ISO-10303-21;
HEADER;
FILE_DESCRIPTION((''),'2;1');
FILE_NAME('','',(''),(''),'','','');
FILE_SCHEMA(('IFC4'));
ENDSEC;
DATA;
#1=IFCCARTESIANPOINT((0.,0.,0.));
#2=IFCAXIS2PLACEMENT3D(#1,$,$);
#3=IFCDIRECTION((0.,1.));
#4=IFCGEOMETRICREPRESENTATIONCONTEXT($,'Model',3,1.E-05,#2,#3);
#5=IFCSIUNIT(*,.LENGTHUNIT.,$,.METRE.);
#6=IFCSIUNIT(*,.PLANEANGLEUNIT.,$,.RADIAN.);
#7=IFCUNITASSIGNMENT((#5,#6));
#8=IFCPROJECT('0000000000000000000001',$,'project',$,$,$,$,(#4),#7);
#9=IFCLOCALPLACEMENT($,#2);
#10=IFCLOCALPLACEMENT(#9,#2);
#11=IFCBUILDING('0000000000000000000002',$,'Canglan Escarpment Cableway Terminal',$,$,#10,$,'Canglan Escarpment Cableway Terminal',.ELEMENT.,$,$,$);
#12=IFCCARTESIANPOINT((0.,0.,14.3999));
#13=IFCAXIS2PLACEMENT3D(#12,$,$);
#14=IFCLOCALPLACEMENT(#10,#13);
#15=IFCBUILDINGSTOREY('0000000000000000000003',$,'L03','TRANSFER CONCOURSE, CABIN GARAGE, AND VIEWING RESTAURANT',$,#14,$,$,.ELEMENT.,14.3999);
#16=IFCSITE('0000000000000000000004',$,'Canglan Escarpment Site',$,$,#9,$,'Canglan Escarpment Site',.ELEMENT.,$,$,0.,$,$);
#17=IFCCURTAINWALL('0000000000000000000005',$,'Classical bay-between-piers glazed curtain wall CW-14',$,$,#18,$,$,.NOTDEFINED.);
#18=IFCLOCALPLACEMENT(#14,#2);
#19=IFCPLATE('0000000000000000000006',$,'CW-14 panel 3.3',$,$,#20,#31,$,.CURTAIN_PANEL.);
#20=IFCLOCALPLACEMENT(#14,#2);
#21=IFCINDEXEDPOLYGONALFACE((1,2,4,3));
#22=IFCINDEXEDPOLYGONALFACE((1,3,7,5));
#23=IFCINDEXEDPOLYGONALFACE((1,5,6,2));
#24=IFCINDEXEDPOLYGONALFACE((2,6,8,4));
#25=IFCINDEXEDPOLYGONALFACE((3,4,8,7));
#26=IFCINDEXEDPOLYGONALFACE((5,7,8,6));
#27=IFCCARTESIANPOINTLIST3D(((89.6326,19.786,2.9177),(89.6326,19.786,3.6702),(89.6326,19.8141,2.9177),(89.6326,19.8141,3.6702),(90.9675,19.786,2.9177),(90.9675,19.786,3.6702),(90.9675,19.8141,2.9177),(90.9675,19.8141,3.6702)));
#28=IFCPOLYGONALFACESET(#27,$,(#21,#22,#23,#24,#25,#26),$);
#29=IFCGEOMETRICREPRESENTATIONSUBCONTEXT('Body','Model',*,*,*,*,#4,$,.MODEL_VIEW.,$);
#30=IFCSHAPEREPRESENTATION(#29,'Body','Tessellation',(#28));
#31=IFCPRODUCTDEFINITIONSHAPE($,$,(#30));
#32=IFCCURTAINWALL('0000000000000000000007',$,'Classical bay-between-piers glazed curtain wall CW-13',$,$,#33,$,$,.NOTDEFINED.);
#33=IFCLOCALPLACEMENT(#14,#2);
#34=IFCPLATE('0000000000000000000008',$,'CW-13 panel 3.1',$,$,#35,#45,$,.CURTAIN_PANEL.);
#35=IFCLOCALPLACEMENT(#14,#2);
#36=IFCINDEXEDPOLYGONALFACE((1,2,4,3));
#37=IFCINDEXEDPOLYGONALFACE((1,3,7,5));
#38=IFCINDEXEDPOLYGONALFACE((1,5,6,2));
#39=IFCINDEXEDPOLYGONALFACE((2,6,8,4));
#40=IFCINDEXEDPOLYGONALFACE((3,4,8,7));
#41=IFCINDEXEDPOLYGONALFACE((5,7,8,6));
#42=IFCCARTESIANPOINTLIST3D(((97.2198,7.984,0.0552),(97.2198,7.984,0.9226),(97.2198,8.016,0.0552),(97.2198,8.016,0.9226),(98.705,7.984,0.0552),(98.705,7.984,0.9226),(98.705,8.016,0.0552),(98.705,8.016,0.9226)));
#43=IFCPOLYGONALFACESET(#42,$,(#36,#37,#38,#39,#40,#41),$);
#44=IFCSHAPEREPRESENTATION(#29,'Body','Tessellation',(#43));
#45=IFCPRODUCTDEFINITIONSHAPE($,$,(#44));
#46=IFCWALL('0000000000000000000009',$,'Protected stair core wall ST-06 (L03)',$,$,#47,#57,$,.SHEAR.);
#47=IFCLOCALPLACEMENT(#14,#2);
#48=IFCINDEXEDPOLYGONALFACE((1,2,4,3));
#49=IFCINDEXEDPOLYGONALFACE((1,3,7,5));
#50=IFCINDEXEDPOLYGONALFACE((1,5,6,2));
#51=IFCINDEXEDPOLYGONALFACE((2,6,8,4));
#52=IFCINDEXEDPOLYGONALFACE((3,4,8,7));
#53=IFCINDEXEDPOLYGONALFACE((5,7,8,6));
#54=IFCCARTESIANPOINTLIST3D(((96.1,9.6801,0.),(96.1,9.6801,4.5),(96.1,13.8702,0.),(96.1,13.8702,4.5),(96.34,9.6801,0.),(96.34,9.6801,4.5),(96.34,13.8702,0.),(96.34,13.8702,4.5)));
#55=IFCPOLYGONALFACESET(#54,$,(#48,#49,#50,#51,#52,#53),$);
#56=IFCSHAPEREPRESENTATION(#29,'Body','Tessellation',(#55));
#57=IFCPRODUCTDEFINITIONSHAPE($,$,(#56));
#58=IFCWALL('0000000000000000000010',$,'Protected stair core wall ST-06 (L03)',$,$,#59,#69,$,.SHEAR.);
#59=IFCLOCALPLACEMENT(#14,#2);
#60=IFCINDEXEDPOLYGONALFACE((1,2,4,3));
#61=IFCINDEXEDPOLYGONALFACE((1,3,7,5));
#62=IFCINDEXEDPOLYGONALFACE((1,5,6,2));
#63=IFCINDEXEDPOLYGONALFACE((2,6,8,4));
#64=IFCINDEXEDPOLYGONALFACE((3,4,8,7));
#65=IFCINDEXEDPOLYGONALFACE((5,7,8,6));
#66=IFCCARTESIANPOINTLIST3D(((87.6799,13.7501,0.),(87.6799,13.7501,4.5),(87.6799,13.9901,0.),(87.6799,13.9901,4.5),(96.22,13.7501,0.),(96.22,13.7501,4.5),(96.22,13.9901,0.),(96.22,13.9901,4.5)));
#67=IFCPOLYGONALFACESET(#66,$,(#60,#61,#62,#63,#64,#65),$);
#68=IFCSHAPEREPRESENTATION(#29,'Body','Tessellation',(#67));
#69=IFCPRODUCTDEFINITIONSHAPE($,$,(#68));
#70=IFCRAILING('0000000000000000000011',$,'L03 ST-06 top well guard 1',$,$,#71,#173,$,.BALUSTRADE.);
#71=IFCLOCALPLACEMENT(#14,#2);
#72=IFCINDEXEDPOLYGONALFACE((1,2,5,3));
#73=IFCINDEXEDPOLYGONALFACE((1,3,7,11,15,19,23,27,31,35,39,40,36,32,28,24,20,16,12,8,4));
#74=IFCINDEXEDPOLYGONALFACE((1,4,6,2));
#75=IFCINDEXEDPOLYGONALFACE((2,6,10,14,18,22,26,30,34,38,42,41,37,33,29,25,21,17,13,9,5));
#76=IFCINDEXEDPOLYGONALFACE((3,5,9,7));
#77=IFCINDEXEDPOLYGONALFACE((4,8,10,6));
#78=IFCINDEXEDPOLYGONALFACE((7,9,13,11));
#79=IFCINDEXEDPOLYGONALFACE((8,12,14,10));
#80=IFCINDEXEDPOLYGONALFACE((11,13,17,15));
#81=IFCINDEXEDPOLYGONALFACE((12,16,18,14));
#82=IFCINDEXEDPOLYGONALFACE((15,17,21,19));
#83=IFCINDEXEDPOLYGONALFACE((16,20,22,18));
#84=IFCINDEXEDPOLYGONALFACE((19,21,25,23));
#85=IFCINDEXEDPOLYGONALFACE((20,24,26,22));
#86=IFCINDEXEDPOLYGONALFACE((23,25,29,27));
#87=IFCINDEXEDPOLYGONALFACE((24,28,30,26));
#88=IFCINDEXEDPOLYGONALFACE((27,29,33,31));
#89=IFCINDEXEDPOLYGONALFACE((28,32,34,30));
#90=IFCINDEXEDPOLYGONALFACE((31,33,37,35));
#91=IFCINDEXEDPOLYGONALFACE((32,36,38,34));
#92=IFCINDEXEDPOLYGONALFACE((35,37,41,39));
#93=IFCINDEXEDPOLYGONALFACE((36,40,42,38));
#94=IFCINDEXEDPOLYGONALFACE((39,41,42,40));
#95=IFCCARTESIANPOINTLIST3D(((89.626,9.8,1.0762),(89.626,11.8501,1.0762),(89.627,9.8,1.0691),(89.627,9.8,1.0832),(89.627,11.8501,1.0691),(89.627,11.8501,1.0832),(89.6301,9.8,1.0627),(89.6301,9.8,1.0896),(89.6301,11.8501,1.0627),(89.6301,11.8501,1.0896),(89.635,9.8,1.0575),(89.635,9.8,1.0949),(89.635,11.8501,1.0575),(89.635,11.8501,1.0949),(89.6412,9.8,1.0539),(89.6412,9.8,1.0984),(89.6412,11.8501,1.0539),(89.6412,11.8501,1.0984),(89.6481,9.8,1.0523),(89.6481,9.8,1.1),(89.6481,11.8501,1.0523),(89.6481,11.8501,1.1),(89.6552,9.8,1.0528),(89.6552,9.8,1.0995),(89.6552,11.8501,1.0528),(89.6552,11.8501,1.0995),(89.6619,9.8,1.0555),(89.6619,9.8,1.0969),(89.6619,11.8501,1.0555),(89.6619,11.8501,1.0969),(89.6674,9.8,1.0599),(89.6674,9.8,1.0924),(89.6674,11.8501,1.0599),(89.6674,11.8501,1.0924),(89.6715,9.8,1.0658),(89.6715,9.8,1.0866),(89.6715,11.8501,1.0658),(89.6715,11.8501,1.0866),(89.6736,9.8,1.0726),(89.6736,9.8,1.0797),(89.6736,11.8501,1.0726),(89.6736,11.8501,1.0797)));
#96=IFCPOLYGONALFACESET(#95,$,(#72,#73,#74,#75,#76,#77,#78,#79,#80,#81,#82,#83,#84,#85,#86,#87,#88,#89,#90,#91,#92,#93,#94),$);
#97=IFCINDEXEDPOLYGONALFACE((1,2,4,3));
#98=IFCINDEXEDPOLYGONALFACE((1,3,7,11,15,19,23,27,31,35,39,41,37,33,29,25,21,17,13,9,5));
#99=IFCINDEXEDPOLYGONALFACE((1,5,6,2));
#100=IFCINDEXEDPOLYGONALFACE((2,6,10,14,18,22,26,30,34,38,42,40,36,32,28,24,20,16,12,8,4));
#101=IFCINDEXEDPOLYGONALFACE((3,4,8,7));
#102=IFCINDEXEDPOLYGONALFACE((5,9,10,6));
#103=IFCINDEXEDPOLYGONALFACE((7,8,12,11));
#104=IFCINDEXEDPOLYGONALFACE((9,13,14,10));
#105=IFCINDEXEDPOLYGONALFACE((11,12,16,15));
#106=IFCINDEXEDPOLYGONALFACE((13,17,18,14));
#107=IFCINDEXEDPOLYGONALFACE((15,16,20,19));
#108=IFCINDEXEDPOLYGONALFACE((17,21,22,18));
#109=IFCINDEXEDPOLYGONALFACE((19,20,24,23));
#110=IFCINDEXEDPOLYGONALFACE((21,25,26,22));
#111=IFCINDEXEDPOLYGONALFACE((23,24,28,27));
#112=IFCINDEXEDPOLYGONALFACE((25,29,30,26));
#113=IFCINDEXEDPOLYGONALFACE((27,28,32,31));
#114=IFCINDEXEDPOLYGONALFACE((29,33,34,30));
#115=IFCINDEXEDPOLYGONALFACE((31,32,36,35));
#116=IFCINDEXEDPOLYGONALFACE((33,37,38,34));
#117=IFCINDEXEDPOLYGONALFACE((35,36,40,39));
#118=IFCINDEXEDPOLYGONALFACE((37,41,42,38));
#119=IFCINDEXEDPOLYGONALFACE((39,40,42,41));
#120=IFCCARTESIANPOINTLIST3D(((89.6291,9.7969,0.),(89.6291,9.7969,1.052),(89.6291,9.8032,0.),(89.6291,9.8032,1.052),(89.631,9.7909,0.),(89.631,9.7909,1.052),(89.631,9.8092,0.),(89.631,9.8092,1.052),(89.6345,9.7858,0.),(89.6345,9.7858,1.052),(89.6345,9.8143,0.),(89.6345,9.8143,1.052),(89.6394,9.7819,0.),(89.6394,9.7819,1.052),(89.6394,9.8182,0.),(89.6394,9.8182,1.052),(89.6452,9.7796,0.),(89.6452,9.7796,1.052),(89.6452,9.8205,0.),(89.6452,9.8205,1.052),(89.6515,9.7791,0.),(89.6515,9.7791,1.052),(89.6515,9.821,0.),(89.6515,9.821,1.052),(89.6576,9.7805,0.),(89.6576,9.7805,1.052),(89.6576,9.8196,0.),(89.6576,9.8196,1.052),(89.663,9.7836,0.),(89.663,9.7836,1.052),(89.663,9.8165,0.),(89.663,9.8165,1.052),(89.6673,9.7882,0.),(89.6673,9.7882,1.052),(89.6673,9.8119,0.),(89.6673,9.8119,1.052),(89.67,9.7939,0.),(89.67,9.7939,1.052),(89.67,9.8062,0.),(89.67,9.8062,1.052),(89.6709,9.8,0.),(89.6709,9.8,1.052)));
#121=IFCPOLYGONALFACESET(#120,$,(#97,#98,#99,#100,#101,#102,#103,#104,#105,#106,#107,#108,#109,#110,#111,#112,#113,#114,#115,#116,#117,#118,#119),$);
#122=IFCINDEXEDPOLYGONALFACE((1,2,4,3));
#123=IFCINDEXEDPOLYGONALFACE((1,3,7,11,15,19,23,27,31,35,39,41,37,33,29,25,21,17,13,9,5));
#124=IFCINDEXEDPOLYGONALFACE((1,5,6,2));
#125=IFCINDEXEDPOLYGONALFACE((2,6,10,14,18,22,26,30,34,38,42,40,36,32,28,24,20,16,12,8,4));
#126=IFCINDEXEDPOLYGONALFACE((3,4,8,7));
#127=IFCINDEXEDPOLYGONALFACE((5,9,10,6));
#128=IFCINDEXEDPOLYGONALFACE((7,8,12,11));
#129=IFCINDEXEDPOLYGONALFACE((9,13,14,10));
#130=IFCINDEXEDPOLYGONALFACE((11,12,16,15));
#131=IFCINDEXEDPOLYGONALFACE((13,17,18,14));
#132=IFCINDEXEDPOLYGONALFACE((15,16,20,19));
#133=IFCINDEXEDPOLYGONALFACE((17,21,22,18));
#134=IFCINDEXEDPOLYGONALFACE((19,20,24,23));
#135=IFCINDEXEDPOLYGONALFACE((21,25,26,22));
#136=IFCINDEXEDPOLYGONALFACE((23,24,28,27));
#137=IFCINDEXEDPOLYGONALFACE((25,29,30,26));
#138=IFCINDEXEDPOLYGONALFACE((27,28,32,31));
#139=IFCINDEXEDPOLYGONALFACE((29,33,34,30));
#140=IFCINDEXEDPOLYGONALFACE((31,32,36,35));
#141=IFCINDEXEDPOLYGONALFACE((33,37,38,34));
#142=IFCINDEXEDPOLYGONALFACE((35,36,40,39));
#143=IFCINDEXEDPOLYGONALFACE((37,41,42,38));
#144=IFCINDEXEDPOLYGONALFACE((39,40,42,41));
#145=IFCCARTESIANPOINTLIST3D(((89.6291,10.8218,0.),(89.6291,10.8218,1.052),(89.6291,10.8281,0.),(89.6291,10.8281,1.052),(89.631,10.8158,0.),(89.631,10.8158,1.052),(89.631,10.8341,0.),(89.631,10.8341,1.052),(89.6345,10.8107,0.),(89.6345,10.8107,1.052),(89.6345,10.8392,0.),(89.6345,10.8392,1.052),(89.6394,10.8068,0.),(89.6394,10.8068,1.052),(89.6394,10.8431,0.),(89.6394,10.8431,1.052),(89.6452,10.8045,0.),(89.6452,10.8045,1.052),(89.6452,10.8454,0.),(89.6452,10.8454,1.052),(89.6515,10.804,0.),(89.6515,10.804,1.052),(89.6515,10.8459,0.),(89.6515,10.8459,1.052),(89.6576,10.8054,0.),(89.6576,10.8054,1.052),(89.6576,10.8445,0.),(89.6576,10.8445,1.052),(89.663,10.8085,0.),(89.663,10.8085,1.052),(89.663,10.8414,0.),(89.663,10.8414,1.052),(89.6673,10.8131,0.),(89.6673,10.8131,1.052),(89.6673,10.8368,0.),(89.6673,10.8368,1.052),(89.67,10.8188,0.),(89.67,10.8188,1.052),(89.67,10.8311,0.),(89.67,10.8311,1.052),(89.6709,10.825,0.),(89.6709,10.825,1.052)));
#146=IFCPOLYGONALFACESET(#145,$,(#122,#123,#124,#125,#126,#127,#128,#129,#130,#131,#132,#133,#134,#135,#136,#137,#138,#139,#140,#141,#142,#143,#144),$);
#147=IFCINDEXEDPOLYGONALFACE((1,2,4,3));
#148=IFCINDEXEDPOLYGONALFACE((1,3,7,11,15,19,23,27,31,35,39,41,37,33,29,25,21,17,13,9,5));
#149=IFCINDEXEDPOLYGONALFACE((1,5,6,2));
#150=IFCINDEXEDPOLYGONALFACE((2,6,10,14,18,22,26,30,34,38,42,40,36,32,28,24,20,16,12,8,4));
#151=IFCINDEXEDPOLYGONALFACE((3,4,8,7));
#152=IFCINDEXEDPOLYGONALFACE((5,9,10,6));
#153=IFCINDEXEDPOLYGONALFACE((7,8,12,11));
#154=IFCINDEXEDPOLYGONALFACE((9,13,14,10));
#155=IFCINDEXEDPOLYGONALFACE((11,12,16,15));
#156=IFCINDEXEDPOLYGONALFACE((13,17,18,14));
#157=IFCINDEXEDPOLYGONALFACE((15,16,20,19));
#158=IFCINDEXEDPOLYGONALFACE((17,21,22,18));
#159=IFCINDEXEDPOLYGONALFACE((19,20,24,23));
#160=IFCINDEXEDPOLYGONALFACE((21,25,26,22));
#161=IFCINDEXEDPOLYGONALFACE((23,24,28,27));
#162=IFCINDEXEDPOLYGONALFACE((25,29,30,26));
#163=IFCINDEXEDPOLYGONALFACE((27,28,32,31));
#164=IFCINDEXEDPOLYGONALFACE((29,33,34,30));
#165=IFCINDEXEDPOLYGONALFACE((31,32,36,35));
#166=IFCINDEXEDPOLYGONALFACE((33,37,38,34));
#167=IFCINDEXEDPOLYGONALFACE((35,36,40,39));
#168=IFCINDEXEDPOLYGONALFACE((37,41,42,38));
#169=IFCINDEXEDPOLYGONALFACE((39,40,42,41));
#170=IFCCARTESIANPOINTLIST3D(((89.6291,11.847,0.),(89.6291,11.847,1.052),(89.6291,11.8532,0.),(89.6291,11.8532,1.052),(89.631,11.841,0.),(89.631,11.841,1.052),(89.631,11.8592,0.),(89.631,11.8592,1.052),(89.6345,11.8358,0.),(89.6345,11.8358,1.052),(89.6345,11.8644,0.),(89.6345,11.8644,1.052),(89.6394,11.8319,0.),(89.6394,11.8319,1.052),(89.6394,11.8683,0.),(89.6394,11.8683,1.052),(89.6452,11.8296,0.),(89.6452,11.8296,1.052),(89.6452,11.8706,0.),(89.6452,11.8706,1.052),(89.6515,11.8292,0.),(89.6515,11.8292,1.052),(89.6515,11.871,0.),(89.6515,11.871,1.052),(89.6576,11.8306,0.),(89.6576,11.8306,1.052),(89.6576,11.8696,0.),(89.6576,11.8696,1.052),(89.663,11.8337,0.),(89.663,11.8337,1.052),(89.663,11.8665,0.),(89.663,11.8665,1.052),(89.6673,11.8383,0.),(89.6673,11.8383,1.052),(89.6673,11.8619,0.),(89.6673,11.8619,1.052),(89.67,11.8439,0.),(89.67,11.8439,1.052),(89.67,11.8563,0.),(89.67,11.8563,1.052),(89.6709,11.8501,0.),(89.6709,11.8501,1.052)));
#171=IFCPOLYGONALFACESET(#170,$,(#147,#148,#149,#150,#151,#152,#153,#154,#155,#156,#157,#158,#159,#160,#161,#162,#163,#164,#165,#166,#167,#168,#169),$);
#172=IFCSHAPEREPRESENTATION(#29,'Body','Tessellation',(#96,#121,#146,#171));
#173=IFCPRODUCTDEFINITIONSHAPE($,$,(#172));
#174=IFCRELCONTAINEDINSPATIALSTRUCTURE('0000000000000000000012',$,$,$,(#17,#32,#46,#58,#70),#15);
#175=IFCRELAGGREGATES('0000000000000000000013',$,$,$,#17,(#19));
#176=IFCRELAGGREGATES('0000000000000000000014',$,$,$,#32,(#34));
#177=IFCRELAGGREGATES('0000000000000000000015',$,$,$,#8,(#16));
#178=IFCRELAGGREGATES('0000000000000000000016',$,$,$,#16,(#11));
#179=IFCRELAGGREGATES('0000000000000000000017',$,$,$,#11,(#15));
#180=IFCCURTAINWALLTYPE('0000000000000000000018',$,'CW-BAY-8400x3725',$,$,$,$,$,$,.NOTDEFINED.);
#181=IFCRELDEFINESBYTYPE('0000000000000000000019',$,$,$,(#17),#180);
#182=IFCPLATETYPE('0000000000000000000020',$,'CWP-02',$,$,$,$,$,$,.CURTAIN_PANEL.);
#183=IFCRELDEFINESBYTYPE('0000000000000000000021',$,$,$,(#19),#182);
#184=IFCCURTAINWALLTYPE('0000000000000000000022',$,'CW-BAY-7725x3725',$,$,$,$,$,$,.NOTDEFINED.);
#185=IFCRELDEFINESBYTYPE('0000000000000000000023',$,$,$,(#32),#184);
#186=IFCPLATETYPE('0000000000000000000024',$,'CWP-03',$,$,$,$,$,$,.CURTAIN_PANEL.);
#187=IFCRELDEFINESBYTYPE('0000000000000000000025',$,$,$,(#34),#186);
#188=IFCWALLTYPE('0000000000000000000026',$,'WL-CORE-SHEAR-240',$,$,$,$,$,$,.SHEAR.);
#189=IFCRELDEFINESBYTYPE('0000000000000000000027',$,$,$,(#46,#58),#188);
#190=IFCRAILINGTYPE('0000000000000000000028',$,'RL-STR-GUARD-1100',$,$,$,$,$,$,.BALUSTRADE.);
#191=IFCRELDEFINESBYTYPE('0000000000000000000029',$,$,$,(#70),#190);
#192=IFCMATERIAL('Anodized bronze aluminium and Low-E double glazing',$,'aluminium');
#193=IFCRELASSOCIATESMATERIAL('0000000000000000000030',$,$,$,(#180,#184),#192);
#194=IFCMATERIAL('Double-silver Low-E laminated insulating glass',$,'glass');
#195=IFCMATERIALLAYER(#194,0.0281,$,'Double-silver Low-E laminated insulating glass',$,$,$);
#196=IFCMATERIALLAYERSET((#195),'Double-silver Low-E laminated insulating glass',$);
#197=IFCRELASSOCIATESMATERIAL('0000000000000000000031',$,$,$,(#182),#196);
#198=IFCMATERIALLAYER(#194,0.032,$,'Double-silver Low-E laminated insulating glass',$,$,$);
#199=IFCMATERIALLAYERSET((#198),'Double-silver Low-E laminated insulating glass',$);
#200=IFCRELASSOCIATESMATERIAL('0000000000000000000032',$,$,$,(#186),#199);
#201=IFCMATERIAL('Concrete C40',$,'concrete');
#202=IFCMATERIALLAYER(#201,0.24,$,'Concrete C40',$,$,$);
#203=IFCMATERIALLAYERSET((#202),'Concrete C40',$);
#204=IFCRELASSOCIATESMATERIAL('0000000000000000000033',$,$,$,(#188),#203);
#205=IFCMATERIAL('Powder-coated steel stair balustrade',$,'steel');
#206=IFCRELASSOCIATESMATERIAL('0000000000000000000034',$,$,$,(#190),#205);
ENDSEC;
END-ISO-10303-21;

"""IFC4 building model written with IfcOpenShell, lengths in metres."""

from ifc_helpers import new_model, si_unit, direction, frame, frame_2d, origin, origin_2d, place, context, subcontext, project, spatial, rectangle, circle, extrude, material, layer, layer_set, type_object, element, aggregate, save


model = new_model("IFC4")

# Units and contexts
model_context = context("Model", 3, precision=1e-05, world=origin(), true_north=direction((0.0, 1.0)))
body_context = subcontext(model_context, "Body", "Model", "MODEL_VIEW")
ifc_project = project(units=[si_unit("LENGTHUNIT", "METRE"), si_unit("PLANEANGLEUNIT", "RADIAN")], contexts=[model_context])

# Site, building, storey
site_placement = place(None, origin())
site = spatial("IfcSite", under=ifc_project, at=site_placement, Name="Canglan Escarpment Site", LongName="Canglan Escarpment Site", CompositionType="ELEMENT", RefElevation=0.0)
building_placement = place(site_placement, origin())
building = spatial("IfcBuilding", under=site, at=building_placement, Name="Canglan Escarpment Cableway Terminal", LongName="Canglan Escarpment Cableway Terminal", CompositionType="ELEMENT")
storey_placement = place(building_placement, frame((0.0, 0.0, 14.3999)))
storey = spatial("IfcBuildingStorey", under=building, at=storey_placement, Name="L03", Description="TRANSFER CONCOURSE, CABIN GARAGE, AND VIEWING RESTAURANT", CompositionType="ELEMENT", Elevation=14.3999)

# Shared definitions
ifc_material_1 = material(Name="Concrete C40", Category="concrete")

# Curtain wall
ifc_material_2 = material(Name="Anodized bronze aluminium and Low-E double glazing", Category="aluminium")
curtain_wall_type_1 = type_object("IfcCurtainWallType", Name="CW-BAY-8400x3725", PredefinedType="NOTDEFINED", material=ifc_material_2)
curtain_wall_1_placement = place(storey_placement, origin())
curtain_wall_1 = element("IfcCurtainWall", 1, at=curtain_wall_1_placement, inside=storey, type_object=curtain_wall_type_1, Name="Classical bay-between-piers glazed curtain wall CW-14", PredefinedType="NOTDEFINED")

# Plate
ifc_material_3 = material(Name="Double-silver Low-E laminated insulating glass", Category="glass")
ifc_layer_1 = layer(ifc_material_3, 0.0281, Name="Double-silver Low-E laminated insulating glass")
ifc_layer_set_1 = layer_set([ifc_layer_1], Name="Double-silver Low-E laminated insulating glass")
plate_type_1 = type_object("IfcPlateType", Name="CWP-02", PredefinedType="CURTAIN_PANEL", material=ifc_layer_set_1)
plate_1_placement = place(storey_placement, frame((90.3, 19.8, 2.9177), z_axis=(0.0, 0.0, 1.0), x_axis=(-1.0, 0.0, 0.0)))
plate_1 = element("IfcPlate", 2, at=plate_1_placement, type_object=plate_type_1, Name="CW-14 panel 3.3", PredefinedType="CURTAIN_PANEL", context=body_context, shape_type="SweptSolid", body=[
    extrude(rectangle(XDim=1.335, YDim=0.0281, at=origin_2d()), origin(), (0.0, 0.0, 1.0), 0.7524),
])
aggregate(curtain_wall_1, [plate_1])

# Curtain wall, plate
curtain_wall_type_2 = type_object("IfcCurtainWallType", Name="CW-BAY-7725x3725", PredefinedType="NOTDEFINED", material=ifc_material_2)
curtain_wall_2_placement = place(storey_placement, origin())
curtain_wall_2 = element("IfcCurtainWall", 3, at=curtain_wall_2_placement, inside=storey, type_object=curtain_wall_type_2, Name="Classical bay-between-piers glazed curtain wall CW-13", PredefinedType="NOTDEFINED")
ifc_layer_2 = layer(ifc_material_3, 0.032, Name="Double-silver Low-E laminated insulating glass")
ifc_layer_set_2 = layer_set([ifc_layer_2], Name="Double-silver Low-E laminated insulating glass")
plate_type_2 = type_object("IfcPlateType", Name="CWP-03", PredefinedType="CURTAIN_PANEL", material=ifc_layer_set_2)
plate_2_placement = place(storey_placement, frame((97.9624, 8.0, 0.0552), z_axis=(0.0, 0.0, 1.0), x_axis=(1.0, 0.0, 0.0)))
plate_2 = element("IfcPlate", 4, at=plate_2_placement, type_object=plate_type_2, Name="CW-13 panel 3.1", PredefinedType="CURTAIN_PANEL", context=body_context, shape_type="SweptSolid", body=[
    extrude(rectangle(XDim=1.4851, YDim=0.032, at=origin_2d()), origin(), (0.0, 0.0, 1.0), 0.8674),
])
aggregate(curtain_wall_2, [plate_2])

# Walls
ifc_layer_3 = layer(ifc_material_1, 0.24, Name="Concrete C40")
ifc_layer_set_3 = layer_set([ifc_layer_3], Name="Concrete C40")
wall_type = type_object("IfcWallType", Name="WL-CORE-SHEAR-240", PredefinedType="SHEAR", material=ifc_layer_set_3)
wall_1_placement = place(storey_placement, frame((96.22, 9.6799, 0.0), z_axis=(0.0, 0.0, 1.0), x_axis=(0.0, 1.0, 0.0)))
element("IfcWall", 5, at=wall_1_placement, inside=storey, type_object=wall_type, Name="Protected stair core wall ST-06 (L03)", PredefinedType="SHEAR", context=body_context, shape_type="SweptSolid", body=[
    extrude(rectangle(XDim=4.1902, YDim=0.24, at=frame_2d((2.0952, 0.0))), origin(), (0.0, 0.0, 1.0), 4.5),
])
wall_2_placement = place(storey_placement, frame((96.22, 13.8701, 0.0), z_axis=(0.0, 0.0, 1.0), x_axis=(-1.0, 0.0, 0.0)))
element("IfcWall", 6, at=wall_2_placement, inside=storey, type_object=wall_type, Name="Protected stair core wall ST-06 (L03)", PredefinedType="SHEAR", context=body_context, shape_type="SweptSolid", body=[
    extrude(rectangle(XDim=8.54, YDim=0.24, at=frame_2d((4.27, 0.0))), origin(), (0.0, 0.0, 1.0), 4.5),
])

# Railing
ifc_material_4 = material(Name="Powder-coated steel stair balustrade", Category="steel")
railing_type = type_object("IfcRailingType", Name="RL-STR-GUARD-1100", PredefinedType="BALUSTRADE", material=ifc_material_4)
railing_placement = place(storey_placement, frame((89.6499, 9.8, 0.0)))
element("IfcRailing", 7, at=railing_placement, inside=storey, type_object=railing_type, Name="L03 ST-06 top well guard 1", PredefinedType="BALUSTRADE", context=body_context, shape_type="SweptSolid", body=[
    extrude(circle(Radius=0.0239, at=origin_2d()), frame((0.0, 0.0, 1.0762), z_axis=(0.0, 1.0, 0.0), x_axis=(-1.0, 0.0, 0.0)), (0.0, 0.0, 1.0), 2.05),
    extrude(circle(Radius=0.021, at=origin_2d()), origin(), (0.0, 0.0, 1.0), 1.052),
    extrude(circle(Radius=0.021, at=origin_2d()), frame((0.0, 1.0249, 0.0)), (0.0, 0.0, 1.0), 1.052),
    extrude(circle(Radius=0.021, at=origin_2d()), frame((0.0, 2.05, 0.0)), (0.0, 0.0, 1.0), 1.052),
])

save(model, "model.ifc")
